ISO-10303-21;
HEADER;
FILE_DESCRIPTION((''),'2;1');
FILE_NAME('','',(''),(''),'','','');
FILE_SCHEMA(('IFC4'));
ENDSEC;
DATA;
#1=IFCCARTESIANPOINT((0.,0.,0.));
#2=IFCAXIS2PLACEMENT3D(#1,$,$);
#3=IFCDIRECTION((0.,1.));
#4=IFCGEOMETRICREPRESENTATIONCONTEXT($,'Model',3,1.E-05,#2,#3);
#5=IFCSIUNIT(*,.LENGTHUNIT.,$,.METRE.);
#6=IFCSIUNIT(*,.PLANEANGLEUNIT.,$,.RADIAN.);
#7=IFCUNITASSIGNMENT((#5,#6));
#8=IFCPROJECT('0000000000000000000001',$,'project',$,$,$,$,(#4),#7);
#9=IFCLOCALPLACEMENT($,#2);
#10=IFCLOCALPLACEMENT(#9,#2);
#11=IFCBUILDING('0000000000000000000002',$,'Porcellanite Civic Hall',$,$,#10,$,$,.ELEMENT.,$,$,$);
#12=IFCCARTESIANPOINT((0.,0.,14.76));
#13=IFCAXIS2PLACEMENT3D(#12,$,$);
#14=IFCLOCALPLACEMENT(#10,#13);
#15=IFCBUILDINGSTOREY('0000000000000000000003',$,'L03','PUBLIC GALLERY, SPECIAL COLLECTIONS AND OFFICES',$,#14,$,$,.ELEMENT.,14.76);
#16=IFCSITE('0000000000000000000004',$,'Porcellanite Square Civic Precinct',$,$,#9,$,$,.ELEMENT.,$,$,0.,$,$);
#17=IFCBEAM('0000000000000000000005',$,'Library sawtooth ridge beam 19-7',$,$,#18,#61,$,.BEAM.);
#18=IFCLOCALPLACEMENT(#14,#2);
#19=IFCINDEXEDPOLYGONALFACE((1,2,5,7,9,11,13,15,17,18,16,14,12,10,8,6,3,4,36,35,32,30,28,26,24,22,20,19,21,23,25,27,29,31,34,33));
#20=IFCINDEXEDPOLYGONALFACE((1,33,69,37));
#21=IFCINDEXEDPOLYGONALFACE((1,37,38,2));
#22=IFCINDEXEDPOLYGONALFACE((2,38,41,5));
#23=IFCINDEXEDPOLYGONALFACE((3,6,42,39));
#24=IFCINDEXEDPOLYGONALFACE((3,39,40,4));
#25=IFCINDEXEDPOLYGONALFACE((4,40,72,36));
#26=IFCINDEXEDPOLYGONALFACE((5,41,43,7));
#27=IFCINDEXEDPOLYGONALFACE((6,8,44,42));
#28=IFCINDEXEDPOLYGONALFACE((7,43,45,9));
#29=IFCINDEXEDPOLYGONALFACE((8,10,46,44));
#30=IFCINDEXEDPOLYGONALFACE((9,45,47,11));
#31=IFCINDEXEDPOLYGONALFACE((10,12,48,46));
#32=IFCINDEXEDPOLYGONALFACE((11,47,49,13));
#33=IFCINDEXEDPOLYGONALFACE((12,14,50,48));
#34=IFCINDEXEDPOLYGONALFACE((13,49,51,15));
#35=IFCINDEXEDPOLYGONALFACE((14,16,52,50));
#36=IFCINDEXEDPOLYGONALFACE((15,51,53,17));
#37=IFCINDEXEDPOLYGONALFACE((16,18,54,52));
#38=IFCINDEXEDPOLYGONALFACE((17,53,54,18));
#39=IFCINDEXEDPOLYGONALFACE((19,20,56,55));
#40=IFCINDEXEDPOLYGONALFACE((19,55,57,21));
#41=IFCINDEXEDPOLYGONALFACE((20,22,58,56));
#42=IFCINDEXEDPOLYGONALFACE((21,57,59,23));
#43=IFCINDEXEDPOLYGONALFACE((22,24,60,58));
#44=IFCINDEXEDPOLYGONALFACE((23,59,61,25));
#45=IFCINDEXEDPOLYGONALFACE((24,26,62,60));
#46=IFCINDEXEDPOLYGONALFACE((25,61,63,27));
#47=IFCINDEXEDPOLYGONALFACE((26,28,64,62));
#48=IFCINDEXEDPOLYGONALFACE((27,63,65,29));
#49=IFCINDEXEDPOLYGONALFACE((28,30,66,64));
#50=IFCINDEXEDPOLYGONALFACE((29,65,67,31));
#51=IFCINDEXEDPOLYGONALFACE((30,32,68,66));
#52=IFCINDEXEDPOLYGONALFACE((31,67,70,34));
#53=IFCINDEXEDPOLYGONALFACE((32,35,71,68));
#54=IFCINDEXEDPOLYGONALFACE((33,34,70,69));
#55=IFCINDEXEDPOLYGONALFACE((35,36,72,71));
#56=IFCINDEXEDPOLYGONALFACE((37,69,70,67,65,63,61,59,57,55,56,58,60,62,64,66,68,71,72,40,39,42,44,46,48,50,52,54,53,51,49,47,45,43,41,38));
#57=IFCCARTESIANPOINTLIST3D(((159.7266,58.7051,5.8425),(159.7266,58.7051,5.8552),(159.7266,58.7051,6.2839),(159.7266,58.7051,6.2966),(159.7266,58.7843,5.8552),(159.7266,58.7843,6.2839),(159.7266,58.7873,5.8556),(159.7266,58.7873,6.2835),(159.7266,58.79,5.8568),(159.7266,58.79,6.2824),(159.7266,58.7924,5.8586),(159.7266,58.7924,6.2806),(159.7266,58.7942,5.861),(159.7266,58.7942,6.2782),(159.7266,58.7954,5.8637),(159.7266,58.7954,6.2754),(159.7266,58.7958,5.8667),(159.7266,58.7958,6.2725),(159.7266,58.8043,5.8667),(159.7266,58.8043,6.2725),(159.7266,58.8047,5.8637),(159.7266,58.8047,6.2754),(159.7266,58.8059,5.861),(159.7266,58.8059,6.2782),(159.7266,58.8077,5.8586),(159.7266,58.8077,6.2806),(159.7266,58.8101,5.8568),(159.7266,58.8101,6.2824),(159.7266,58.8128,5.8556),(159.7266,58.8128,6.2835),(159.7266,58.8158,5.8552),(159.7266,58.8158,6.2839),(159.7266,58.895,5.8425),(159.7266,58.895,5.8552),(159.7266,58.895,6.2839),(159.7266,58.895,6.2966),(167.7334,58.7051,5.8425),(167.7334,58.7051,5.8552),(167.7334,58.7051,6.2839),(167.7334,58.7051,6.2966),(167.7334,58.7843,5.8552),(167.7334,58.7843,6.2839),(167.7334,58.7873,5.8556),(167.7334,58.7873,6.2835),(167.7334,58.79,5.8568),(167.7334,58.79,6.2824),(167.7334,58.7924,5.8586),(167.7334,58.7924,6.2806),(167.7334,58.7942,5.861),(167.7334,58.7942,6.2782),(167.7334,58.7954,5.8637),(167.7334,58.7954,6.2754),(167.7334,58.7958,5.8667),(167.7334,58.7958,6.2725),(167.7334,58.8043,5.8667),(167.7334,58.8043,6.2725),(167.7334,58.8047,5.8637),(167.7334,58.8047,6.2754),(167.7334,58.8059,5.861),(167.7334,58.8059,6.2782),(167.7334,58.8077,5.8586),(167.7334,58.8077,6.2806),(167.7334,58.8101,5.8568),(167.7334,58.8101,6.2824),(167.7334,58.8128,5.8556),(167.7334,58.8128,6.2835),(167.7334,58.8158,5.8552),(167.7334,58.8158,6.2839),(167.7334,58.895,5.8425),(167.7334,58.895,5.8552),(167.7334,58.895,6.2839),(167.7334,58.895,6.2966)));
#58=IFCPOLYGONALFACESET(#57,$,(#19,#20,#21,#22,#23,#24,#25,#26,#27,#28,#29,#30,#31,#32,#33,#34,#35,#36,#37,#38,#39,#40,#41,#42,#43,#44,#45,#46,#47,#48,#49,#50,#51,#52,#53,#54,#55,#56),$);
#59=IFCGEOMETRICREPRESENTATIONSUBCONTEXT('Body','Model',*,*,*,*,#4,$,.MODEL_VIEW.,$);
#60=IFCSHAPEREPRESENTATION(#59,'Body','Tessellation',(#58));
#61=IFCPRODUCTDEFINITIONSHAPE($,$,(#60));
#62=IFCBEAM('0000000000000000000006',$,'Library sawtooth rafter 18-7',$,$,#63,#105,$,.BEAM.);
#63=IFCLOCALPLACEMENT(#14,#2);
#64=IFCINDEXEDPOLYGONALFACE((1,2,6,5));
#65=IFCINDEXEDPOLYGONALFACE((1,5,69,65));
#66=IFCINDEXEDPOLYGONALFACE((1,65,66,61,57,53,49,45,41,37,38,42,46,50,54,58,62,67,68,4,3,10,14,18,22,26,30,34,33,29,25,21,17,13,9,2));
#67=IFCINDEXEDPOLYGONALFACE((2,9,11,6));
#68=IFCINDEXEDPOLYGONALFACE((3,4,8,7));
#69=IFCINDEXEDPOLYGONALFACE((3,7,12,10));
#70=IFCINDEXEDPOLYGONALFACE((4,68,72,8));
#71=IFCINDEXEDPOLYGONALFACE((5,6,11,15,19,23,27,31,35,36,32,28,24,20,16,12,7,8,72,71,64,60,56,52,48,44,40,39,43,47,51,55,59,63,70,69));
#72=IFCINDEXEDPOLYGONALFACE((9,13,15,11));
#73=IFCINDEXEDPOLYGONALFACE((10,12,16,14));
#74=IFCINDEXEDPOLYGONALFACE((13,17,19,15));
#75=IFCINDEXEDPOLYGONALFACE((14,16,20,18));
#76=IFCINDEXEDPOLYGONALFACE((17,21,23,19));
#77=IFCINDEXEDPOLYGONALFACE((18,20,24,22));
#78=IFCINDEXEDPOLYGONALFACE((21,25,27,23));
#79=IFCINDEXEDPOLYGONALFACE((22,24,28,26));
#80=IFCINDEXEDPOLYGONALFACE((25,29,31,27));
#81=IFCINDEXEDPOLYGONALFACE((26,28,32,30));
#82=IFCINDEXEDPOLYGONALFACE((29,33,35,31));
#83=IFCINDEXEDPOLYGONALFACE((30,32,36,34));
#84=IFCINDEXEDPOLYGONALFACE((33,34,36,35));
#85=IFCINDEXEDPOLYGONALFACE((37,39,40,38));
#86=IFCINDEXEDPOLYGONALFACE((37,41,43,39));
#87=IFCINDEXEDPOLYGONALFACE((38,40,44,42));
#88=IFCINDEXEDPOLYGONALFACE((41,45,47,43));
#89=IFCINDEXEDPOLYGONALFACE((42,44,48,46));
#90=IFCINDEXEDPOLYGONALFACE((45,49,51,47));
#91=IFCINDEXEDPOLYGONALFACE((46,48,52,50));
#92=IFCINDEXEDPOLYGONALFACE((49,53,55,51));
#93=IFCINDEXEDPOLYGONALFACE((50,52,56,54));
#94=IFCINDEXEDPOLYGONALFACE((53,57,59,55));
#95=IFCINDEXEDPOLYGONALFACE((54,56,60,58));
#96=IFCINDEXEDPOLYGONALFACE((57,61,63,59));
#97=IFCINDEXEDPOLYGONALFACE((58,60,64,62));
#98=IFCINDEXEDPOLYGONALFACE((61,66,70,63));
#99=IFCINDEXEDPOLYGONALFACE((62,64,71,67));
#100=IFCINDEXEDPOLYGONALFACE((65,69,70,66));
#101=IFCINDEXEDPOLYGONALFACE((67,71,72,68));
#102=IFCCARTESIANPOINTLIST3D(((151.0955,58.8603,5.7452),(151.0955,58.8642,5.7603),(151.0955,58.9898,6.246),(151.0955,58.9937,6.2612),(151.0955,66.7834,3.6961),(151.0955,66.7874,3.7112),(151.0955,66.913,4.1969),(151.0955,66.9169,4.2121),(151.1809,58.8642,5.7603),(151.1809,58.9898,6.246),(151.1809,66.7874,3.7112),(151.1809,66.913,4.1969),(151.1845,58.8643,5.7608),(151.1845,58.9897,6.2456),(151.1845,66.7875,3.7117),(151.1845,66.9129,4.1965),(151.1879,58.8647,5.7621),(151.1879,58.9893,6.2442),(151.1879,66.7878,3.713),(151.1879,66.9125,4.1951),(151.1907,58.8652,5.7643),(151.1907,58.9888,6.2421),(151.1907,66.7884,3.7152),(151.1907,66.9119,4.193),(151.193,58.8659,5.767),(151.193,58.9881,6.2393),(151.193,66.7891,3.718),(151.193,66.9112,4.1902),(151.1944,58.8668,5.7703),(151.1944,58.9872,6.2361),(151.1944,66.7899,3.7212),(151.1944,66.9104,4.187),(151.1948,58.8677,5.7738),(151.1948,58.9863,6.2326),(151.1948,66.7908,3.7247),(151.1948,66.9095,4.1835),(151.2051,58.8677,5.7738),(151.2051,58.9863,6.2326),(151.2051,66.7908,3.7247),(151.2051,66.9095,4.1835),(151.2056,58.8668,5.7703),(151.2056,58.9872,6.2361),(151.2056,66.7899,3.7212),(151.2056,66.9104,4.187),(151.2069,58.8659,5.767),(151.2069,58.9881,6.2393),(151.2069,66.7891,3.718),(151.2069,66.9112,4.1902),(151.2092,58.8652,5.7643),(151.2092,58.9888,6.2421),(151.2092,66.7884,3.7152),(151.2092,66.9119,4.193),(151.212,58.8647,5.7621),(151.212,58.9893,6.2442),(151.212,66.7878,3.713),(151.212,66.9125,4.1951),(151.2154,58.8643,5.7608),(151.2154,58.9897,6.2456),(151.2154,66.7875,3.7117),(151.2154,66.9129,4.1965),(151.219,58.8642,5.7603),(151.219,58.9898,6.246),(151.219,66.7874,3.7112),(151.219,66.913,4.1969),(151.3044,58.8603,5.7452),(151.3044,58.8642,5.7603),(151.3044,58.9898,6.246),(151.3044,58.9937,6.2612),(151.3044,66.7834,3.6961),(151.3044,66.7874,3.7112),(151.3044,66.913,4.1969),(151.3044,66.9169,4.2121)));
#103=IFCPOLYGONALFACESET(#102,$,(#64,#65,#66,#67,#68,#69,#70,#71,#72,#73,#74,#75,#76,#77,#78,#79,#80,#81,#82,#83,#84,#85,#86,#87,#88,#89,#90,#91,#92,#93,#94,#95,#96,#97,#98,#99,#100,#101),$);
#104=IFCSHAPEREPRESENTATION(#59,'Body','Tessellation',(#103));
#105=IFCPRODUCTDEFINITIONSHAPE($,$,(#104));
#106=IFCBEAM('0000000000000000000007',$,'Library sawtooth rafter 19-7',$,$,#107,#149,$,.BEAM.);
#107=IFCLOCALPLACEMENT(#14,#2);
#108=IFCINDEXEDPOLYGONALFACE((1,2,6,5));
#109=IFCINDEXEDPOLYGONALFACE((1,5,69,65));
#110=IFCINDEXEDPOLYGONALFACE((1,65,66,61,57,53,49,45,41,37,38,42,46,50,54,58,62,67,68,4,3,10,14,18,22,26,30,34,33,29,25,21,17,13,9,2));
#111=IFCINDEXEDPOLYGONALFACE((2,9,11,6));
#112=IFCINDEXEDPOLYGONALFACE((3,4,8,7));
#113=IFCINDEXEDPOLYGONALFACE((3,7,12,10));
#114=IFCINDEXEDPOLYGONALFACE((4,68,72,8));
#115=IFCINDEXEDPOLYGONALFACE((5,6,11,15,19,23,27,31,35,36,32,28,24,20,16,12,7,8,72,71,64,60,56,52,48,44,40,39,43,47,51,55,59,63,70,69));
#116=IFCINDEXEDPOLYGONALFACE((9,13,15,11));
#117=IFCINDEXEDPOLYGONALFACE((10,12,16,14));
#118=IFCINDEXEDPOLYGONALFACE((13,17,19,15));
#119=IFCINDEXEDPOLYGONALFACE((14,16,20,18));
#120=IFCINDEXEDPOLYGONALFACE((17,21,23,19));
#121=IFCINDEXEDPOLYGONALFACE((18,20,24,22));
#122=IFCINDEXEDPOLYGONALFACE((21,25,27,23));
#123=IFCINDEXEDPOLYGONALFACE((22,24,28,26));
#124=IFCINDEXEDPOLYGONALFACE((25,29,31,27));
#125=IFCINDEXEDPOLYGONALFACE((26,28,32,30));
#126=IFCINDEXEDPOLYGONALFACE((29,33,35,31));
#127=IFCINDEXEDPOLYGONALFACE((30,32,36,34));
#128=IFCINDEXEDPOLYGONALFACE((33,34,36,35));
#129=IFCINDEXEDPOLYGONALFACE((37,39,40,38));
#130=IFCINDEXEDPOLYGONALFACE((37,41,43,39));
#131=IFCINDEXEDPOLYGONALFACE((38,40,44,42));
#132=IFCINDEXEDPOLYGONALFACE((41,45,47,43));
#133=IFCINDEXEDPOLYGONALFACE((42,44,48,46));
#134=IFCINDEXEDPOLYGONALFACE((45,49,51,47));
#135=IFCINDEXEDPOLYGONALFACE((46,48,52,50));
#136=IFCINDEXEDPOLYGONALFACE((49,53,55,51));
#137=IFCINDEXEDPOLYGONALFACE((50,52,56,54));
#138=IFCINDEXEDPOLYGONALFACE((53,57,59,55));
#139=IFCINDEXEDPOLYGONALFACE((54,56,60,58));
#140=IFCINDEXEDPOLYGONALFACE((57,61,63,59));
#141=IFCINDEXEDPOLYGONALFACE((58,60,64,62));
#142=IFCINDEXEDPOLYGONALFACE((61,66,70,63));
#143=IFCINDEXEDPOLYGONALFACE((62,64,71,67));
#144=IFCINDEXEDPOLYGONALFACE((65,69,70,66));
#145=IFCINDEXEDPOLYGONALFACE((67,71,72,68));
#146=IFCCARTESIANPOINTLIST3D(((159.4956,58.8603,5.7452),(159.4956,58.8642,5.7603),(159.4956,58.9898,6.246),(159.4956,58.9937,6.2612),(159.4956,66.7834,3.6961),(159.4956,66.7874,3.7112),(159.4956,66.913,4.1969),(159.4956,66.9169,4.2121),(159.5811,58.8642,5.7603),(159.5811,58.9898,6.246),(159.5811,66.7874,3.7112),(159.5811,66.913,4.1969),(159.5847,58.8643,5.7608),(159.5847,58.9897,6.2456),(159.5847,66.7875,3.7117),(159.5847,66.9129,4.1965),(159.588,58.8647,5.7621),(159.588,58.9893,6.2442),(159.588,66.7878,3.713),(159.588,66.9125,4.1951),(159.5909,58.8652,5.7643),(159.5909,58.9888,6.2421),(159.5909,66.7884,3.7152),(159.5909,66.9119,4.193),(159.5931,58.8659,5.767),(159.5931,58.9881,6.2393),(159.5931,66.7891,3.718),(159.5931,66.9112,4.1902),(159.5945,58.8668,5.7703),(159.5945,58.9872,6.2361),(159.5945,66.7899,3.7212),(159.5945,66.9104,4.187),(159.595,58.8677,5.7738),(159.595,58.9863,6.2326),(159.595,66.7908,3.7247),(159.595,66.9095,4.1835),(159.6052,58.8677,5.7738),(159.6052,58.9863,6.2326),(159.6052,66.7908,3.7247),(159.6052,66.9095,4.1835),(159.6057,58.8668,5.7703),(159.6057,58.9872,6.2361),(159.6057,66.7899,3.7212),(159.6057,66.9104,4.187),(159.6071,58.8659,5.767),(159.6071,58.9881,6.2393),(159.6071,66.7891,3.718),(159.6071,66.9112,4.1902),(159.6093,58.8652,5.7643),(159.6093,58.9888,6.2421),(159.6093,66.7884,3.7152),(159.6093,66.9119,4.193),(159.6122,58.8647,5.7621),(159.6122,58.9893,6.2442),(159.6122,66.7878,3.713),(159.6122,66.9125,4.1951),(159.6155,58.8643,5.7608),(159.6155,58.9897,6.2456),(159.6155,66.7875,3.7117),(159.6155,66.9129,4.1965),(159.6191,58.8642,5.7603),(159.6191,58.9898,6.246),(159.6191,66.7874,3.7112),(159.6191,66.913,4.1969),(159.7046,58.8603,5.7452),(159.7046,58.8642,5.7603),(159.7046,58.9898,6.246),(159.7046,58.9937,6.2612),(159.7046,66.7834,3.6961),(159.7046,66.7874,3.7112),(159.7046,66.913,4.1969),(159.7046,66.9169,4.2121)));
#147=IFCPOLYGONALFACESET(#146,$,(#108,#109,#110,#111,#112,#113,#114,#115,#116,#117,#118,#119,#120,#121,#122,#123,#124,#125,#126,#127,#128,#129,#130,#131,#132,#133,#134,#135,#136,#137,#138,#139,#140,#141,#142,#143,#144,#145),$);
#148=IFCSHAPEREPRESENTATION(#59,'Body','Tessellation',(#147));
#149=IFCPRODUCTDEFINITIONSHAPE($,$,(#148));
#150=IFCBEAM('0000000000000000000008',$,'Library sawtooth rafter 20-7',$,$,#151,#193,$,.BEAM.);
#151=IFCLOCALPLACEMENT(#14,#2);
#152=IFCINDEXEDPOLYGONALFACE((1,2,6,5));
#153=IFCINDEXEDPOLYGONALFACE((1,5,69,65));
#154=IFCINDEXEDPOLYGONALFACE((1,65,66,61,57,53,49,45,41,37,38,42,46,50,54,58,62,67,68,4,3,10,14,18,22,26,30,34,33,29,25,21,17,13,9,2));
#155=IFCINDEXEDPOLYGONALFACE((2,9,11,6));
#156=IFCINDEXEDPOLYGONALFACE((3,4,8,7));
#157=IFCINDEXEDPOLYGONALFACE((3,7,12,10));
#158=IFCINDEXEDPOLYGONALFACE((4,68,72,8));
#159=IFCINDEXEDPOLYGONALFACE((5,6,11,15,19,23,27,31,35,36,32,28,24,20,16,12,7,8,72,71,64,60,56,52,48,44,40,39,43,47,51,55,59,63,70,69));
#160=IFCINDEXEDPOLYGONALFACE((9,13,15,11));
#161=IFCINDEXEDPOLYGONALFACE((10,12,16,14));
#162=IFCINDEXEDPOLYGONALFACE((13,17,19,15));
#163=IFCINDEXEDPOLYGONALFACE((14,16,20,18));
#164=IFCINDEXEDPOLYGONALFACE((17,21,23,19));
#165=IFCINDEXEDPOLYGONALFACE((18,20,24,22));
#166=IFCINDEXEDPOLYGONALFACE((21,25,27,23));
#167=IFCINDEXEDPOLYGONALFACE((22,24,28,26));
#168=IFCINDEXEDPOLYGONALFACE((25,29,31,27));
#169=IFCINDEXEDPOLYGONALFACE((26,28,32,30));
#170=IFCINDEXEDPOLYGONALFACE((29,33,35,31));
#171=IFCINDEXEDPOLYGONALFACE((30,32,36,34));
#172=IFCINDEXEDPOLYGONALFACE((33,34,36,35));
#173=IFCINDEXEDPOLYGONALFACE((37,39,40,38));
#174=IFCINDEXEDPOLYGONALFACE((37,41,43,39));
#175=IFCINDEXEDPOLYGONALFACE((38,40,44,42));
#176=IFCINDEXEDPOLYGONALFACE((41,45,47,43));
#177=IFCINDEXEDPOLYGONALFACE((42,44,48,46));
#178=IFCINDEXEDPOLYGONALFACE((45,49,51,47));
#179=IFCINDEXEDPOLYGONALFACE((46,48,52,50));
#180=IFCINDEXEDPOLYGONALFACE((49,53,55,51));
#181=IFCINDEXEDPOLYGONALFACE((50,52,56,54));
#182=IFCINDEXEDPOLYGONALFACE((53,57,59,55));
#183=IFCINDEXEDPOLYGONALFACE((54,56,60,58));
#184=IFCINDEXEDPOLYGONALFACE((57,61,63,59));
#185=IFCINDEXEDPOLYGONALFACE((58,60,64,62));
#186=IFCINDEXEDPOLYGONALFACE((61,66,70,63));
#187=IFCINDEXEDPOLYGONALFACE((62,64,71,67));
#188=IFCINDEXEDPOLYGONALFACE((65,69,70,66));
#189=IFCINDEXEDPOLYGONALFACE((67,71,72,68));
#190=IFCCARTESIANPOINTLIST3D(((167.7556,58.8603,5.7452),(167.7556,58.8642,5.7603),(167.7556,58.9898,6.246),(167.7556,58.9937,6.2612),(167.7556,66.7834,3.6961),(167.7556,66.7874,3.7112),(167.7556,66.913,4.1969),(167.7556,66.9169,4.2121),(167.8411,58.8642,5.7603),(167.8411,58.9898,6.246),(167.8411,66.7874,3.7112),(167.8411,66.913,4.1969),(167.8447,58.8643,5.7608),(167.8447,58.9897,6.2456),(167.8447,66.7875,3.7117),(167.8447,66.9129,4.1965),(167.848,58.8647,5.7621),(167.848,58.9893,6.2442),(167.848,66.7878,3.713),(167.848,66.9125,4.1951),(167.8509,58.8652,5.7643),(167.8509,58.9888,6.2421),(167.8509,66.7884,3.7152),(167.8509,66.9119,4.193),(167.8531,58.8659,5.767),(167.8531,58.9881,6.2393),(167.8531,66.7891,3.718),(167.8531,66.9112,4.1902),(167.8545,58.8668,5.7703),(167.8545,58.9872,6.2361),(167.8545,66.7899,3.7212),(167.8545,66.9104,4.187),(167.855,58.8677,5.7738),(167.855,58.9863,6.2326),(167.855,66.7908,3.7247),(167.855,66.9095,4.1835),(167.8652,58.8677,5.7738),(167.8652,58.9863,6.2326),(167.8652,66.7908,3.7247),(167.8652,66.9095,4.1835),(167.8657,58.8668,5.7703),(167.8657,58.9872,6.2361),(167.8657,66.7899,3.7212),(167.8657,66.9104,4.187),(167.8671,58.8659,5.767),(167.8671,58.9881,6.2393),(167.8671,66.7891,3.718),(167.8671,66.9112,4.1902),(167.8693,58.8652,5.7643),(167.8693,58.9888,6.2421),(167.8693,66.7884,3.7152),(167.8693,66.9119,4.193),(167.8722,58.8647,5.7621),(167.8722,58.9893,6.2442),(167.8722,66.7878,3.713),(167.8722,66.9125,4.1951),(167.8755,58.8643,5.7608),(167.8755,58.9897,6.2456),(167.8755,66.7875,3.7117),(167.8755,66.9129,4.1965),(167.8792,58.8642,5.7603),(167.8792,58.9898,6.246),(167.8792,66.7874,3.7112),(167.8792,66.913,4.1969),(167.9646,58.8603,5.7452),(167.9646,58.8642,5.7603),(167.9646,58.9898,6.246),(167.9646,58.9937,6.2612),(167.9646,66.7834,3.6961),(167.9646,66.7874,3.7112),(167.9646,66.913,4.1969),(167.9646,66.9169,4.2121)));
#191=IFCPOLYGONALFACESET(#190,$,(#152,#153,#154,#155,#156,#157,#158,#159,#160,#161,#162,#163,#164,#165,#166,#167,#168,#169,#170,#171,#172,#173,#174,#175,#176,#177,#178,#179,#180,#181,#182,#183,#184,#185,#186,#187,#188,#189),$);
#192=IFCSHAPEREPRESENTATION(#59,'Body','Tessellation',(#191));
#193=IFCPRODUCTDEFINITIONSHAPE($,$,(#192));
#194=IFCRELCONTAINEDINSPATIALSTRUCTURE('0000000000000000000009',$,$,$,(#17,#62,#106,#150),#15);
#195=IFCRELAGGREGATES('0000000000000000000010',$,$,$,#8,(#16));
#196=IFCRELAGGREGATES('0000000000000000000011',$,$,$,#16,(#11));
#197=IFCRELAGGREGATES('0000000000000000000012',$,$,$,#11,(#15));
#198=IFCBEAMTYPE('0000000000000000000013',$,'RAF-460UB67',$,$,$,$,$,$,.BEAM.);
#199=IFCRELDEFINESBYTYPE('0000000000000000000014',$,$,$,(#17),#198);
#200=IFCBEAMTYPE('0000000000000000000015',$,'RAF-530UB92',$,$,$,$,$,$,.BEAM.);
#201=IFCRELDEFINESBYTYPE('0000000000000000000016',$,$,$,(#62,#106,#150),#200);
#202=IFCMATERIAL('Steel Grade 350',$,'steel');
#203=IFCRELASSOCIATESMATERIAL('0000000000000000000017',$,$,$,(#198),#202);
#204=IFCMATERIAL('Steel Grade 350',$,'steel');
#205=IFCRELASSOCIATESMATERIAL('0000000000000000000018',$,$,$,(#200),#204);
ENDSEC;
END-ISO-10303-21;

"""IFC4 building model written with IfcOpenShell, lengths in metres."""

from ifc_helpers import new_model, si_unit, direction, frame, origin, origin_2d, place, context, subcontext, project, spatial, i_section, extrude, material, material_profile, profile_set, type_object, element, save


model = new_model("IFC4")

# Units and contexts
model_context = context("Model", 3, precision=1e-05, world=origin(), true_north=direction((0.0, 1.0)))
body_context = subcontext(model_context, "Body", "Model", "MODEL_VIEW")
ifc_project = project(units=[si_unit("LENGTHUNIT", "METRE"), si_unit("PLANEANGLEUNIT", "RADIAN")], contexts=[model_context])

# Site, building, storey
site_placement = place(None, origin())
site = spatial("IfcSite", under=ifc_project, at=site_placement, Name="Porcellanite Square Civic Precinct", CompositionType="ELEMENT", RefElevation=0.0)
building_placement = place(site_placement, origin())
building = spatial("IfcBuilding", under=site, at=building_placement, Name="Porcellanite Civic Hall", CompositionType="ELEMENT")
storey_placement = place(building_placement, frame((0.0, 0.0, 14.76)))
storey = spatial("IfcBuildingStorey", under=building, at=storey_placement, Name="L03", Description="PUBLIC GALLERY, SPECIAL COLLECTIONS AND OFFICES", CompositionType="ELEMENT", Elevation=14.76)

# Beams
ifc_material_1 = material(Name="Steel Grade 350", Category="steel")
ifc_material_profile_1 = material_profile(ifc_material_1, i_section(OverallWidth=0.1899, OverallDepth=0.4541, WebThickness=0.0085, FlangeThickness=0.0127, FilletRadius=0.0115, at=origin_2d()), Name="460UB67.1")
ifc_profile_set_1 = profile_set([ifc_material_profile_1], Name="Steel Grade 350")
beam_type_1 = type_object("IfcBeamType", Name="RAF-460UB67", PredefinedType="BEAM", material=ifc_profile_set_1)
beam_1_placement = place(storey_placement, frame((159.7266, 58.8, 6.0696), z_axis=(1.0, 0.0, 0.0), x_axis=(0.0, 1.0, 0.0)))
element("IfcBeam", 1, at=beam_1_placement, inside=storey, type_object=beam_type_1, Name="Library sawtooth ridge beam 19-7", PredefinedType="BEAM", context=body_context, shape_type="SweptSolid", body=[
    extrude(i_section(OverallWidth=0.1899, OverallDepth=0.4541, WebThickness=0.0085, FlangeThickness=0.0127, FilletRadius=0.0115, at=origin_2d()), origin(), (0.0, 0.0, 1.0), 8.0068),
])
ifc_material_2 = material(Name="Steel Grade 350", Category="steel")
ifc_material_profile_2 = material_profile(ifc_material_2, i_section(OverallWidth=0.209, OverallDepth=0.533, WebThickness=0.0103, FlangeThickness=0.0156, FilletRadius=0.0139, at=origin_2d()), Name="530UB92.4")
ifc_profile_set_2 = profile_set([ifc_material_profile_2], Name="Steel Grade 350")
beam_type_2 = type_object("IfcBeamType", Name="RAF-530UB92", PredefinedType="BEAM", material=ifc_profile_set_2)
for number, where, z_axis, x_axis, name in (
    (2, (151.2, 58.927, 6.0032), (0.0, 0.968147, -0.250382), (-1.0, 0.0, 0.0), "Library sawtooth rafter 18-7"),
    (3, (159.6001, 58.927, 6.0032), (0.0, 0.968147, -0.250382), (-1.0, 0.0, 0.0), "Library sawtooth rafter 19-7"),
    (4, (167.8601, 58.927, 6.0032), (0.0, 0.968147, -0.250382), (-1.0, 0.0, 0.0), "Library sawtooth rafter 20-7"),
):
    element("IfcBeam", number, at=place(storey_placement, frame(where, z_axis=z_axis, x_axis=x_axis)), inside=storey, type_object=beam_type_2, Name=name, PredefinedType="BEAM", context=body_context, shape_type="SweptSolid", body=[
        extrude(i_section(OverallWidth=0.209, OverallDepth=0.533, WebThickness=0.0103, FlangeThickness=0.0156, FilletRadius=0.0139, at=origin_2d()), origin(), (0.0, 0.0, 1.0), 8.1838),
    ])

save(model, "model.ifc")
